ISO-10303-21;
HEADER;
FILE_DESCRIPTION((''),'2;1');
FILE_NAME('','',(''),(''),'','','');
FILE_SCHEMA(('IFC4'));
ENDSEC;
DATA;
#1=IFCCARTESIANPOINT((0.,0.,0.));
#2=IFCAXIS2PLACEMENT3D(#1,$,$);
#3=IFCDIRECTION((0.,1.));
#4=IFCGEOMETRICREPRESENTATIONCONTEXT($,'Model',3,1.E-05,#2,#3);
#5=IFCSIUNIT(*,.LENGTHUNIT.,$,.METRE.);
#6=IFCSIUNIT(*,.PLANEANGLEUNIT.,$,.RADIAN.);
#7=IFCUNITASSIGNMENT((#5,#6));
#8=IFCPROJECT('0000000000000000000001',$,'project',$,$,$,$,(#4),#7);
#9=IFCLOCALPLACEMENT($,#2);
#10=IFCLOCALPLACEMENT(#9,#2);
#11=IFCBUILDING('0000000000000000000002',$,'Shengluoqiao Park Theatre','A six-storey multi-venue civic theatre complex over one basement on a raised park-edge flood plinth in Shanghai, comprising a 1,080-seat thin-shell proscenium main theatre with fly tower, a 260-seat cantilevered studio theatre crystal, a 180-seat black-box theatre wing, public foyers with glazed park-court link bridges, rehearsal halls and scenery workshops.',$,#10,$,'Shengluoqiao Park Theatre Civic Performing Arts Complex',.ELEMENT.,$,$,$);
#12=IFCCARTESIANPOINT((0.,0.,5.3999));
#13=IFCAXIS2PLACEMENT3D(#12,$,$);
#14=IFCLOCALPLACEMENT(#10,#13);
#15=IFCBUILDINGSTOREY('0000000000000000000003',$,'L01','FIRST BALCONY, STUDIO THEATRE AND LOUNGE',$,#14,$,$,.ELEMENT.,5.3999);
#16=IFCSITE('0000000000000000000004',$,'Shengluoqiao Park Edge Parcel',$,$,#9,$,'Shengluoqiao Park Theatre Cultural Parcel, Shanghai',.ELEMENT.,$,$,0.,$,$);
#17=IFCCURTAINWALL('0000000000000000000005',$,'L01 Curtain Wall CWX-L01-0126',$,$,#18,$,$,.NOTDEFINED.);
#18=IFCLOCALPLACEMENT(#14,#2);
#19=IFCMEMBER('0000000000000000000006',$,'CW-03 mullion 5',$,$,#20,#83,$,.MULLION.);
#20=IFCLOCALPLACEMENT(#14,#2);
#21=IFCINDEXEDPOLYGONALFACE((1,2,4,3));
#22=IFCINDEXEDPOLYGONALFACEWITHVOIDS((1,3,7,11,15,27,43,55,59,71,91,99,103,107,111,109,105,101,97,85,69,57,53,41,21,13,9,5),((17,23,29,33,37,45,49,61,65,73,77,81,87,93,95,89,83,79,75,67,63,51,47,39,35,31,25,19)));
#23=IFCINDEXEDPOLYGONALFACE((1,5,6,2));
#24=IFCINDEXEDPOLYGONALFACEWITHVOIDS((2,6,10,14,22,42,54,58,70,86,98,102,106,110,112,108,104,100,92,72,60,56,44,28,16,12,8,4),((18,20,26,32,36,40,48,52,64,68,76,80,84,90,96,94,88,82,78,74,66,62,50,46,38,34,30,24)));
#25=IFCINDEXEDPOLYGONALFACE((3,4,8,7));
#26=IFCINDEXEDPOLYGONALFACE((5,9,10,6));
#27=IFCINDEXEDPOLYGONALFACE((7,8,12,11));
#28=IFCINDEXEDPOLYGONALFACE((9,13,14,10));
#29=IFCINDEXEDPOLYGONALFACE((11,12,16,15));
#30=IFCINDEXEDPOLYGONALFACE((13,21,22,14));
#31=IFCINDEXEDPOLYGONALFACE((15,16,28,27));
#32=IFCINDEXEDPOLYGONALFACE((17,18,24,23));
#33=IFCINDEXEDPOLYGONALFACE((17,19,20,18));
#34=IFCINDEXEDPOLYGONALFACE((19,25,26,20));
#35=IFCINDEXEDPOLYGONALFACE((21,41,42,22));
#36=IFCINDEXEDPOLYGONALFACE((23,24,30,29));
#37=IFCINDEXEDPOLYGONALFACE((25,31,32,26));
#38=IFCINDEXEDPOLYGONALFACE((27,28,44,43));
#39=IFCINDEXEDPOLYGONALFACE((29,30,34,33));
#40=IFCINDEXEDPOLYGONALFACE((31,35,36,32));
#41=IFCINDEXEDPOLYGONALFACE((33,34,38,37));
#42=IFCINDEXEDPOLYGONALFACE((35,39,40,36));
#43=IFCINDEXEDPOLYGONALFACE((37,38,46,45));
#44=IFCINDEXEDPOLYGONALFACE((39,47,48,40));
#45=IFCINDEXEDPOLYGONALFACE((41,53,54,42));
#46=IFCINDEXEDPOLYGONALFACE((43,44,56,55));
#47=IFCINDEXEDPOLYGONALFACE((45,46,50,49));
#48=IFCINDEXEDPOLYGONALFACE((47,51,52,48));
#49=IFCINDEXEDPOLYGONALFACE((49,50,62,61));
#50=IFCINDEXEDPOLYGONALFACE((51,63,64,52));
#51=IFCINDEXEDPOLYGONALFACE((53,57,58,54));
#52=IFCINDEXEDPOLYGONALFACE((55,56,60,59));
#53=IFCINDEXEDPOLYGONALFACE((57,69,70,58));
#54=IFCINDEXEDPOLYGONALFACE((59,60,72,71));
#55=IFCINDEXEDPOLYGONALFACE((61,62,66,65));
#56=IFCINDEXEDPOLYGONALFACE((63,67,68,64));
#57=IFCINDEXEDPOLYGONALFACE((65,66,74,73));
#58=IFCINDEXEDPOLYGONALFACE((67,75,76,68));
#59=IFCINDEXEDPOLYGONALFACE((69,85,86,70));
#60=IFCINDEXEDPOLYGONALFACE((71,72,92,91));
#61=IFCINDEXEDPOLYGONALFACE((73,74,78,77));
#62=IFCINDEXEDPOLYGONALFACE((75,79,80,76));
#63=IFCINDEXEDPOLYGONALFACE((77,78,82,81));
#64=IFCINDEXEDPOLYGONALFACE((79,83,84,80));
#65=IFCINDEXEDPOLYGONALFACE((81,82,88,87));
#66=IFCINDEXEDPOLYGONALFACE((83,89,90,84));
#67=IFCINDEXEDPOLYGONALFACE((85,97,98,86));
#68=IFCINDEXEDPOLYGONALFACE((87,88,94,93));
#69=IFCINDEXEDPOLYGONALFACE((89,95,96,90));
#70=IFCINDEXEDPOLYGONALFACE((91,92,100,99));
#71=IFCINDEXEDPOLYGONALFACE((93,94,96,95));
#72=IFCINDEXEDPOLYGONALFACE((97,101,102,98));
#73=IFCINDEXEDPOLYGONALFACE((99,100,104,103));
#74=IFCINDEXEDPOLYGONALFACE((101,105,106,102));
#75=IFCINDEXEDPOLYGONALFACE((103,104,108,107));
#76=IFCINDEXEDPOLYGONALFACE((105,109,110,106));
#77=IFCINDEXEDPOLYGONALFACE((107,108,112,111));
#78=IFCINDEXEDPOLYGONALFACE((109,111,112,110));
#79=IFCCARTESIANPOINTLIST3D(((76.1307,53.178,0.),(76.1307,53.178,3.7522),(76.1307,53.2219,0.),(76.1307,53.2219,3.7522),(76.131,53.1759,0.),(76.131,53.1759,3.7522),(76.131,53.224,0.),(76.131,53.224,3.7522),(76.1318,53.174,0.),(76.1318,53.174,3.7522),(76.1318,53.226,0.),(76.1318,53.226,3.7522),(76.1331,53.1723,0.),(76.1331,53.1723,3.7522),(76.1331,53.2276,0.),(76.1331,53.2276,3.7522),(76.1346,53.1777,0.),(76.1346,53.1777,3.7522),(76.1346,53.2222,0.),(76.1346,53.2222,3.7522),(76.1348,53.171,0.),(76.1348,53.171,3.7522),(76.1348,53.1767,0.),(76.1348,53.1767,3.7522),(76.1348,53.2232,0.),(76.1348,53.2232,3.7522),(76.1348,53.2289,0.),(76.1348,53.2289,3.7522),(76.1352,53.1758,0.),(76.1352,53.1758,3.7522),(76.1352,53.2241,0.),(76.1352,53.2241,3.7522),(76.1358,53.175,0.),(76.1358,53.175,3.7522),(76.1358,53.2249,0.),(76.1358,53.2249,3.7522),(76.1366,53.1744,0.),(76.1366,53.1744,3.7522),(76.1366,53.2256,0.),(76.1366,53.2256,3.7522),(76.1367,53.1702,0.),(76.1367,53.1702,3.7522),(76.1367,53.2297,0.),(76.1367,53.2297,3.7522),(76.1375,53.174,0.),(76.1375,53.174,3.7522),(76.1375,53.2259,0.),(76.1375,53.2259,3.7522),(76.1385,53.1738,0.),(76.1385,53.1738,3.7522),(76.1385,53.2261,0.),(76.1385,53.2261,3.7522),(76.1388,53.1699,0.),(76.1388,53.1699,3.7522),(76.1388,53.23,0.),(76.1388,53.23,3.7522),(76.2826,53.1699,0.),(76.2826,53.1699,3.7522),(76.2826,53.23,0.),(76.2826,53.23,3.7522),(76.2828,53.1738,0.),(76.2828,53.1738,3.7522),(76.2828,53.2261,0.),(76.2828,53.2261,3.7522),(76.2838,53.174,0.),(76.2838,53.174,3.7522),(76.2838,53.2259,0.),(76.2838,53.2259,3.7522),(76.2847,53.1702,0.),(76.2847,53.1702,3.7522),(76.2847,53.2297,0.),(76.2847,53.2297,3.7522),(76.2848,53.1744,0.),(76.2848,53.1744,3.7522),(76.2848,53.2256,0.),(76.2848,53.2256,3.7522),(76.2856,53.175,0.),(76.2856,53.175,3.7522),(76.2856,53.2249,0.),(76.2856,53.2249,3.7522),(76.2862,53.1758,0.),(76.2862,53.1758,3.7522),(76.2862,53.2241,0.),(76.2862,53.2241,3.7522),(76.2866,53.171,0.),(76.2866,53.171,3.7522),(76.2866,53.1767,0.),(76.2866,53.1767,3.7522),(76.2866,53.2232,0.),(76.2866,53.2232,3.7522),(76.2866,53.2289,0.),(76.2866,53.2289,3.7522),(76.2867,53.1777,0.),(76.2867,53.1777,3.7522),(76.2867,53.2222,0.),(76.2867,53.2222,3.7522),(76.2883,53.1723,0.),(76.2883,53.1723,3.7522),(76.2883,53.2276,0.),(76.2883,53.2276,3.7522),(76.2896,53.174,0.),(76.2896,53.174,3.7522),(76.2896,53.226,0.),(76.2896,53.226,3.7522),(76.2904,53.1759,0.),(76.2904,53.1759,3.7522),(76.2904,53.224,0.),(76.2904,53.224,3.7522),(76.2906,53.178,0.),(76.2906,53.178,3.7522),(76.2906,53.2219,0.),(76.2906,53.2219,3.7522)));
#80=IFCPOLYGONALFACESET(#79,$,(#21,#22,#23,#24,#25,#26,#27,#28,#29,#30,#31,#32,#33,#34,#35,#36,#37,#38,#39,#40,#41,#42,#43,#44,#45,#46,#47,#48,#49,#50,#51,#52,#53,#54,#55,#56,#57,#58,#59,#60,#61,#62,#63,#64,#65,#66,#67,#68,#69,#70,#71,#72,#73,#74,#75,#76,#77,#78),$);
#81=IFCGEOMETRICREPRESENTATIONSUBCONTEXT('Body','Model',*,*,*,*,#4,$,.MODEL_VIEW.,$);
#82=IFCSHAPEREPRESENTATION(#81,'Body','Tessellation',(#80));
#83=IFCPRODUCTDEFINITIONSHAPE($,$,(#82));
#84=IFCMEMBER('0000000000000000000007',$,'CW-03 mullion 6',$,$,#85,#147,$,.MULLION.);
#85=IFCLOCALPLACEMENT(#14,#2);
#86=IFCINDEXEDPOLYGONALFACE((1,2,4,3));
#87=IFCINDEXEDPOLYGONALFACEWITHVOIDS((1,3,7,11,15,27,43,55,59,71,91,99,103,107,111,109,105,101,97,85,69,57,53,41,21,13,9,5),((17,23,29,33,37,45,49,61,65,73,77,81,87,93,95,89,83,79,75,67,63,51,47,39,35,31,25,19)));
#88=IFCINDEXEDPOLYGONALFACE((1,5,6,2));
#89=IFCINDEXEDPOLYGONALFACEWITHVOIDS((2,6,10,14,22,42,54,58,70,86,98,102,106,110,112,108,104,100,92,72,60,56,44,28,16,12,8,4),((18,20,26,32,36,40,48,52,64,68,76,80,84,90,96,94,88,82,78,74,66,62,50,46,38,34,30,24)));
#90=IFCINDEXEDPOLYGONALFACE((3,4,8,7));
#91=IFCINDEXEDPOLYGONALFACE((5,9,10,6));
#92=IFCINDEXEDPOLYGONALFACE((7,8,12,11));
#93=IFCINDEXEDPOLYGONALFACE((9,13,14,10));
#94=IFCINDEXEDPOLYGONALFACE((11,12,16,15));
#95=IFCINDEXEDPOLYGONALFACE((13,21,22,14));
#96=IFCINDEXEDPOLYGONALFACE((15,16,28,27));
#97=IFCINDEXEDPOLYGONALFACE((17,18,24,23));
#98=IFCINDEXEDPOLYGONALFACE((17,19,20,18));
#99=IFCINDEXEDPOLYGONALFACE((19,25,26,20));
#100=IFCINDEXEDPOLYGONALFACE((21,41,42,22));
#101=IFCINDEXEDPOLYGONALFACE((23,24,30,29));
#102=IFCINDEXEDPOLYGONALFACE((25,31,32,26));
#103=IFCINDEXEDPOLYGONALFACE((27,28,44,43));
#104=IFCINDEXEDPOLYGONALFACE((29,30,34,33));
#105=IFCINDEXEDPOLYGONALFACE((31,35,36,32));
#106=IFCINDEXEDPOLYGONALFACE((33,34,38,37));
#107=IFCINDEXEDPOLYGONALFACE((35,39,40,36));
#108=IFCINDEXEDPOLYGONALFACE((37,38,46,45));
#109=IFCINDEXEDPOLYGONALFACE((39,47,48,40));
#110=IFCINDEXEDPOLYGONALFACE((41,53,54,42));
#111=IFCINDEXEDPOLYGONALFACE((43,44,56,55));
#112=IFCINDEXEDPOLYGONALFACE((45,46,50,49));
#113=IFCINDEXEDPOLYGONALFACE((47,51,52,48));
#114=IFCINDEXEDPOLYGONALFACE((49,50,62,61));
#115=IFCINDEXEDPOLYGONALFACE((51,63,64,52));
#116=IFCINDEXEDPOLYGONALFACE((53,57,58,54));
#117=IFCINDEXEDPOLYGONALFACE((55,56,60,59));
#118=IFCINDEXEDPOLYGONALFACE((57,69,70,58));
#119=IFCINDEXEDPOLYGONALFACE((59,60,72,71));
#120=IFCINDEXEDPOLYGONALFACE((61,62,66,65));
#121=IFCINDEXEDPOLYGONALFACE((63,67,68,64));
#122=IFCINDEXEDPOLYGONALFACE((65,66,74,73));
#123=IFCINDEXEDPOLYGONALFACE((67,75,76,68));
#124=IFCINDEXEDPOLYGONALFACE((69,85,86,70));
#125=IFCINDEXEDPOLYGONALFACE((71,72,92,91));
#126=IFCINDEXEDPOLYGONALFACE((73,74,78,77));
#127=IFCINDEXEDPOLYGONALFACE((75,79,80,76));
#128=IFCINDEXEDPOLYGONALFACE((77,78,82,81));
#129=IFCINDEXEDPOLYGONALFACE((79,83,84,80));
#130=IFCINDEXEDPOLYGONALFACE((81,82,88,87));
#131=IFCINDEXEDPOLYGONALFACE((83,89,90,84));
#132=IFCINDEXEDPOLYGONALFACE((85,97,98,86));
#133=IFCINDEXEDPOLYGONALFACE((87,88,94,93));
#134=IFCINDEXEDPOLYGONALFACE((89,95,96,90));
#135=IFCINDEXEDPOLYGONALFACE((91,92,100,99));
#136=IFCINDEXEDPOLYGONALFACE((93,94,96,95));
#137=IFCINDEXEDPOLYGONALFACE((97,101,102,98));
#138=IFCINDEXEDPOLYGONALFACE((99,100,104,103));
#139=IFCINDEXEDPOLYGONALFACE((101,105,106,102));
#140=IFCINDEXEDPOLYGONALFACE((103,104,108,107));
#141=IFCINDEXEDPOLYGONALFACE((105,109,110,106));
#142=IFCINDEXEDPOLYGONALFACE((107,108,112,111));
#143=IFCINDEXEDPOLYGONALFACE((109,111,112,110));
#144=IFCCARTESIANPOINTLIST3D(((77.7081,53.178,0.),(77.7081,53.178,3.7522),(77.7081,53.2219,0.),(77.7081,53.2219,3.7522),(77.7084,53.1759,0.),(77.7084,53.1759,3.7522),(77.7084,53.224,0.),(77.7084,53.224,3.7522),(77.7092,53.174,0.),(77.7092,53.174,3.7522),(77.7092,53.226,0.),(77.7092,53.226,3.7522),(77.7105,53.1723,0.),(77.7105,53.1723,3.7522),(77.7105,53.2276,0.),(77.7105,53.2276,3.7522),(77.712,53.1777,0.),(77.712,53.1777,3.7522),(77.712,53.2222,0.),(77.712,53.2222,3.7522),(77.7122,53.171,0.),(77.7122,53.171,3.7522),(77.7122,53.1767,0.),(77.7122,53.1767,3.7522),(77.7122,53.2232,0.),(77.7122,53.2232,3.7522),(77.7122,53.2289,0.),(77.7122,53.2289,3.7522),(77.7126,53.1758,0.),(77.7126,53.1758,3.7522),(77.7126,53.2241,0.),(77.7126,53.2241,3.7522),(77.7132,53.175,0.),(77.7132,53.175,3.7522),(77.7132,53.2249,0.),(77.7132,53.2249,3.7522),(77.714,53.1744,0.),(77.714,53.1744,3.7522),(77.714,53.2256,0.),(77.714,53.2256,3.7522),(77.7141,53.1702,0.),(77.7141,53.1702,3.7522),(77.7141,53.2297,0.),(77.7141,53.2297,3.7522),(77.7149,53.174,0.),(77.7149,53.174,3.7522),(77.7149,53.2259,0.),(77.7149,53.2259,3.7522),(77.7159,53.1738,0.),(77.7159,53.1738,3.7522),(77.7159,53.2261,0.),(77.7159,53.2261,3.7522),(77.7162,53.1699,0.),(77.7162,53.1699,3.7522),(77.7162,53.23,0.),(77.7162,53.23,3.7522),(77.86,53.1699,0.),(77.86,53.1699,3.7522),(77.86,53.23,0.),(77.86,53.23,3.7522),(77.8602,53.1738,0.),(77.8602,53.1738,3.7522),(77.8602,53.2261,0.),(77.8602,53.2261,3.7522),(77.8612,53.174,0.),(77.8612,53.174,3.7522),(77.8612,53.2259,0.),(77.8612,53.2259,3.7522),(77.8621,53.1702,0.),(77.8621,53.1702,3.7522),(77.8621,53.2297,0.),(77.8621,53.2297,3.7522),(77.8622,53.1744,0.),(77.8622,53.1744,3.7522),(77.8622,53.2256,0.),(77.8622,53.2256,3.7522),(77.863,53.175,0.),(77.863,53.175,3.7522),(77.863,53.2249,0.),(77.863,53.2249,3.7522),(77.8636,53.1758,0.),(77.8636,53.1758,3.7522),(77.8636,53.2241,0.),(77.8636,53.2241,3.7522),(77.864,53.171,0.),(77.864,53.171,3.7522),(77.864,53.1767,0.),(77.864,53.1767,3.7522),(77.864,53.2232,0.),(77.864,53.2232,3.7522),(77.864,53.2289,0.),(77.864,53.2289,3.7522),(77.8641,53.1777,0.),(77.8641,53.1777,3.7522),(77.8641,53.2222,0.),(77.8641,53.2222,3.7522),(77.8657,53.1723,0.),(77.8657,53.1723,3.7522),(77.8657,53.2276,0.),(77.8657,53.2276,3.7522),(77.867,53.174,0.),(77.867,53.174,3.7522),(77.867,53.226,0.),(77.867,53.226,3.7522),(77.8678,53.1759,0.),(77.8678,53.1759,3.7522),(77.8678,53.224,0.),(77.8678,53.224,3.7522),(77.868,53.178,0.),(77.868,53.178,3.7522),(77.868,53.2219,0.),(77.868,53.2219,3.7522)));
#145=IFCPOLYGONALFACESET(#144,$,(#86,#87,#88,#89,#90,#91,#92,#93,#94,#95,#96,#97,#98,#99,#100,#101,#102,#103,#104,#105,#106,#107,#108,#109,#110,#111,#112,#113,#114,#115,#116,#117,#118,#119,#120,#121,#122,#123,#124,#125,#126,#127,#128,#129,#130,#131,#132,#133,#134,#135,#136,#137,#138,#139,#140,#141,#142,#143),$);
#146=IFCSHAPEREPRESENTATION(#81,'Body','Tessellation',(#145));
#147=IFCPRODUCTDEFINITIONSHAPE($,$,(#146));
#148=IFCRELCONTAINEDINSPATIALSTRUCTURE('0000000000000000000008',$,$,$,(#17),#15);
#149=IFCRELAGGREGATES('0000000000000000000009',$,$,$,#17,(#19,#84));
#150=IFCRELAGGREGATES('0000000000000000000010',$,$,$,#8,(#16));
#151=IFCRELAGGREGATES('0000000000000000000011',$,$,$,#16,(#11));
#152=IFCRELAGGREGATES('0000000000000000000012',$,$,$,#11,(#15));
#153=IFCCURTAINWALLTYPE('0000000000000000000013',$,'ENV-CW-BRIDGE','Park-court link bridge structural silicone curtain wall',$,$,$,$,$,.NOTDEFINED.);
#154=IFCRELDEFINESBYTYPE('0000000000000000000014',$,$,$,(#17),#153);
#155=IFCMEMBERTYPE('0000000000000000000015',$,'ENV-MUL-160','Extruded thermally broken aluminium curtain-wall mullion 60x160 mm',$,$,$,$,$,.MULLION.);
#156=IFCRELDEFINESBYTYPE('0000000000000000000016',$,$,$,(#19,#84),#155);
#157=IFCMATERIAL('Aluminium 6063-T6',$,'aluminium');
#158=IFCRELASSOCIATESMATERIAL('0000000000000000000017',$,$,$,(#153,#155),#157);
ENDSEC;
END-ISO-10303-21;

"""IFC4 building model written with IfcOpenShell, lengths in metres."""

from ifc_helpers import new_model, si_unit, direction, frame, origin, origin_2d, place, context, subcontext, project, spatial, hollow_rectangle, extrude, material, material_profile, profile_set, type_object, element, aggregate, save


model = new_model("IFC4")

# Units and contexts
model_context = context("Model", 3, precision=1e-05, world=origin(), true_north=direction((0.0, 1.0)))
body_context = subcontext(model_context, "Body", "Model", "MODEL_VIEW")
ifc_project = project(units=[si_unit("LENGTHUNIT", "METRE"), si_unit("PLANEANGLEUNIT", "RADIAN")], contexts=[model_context])

# Site, building, storey
site_placement = place(None, origin())
site = spatial("IfcSite", under=ifc_project, at=site_placement, Name="Shengluoqiao Park Edge Parcel", LongName="Shengluoqiao Park Theatre Cultural Parcel, Shanghai", CompositionType="ELEMENT", RefElevation=0.0)
building_placement = place(site_placement, origin())
building = spatial("IfcBuilding", under=site, at=building_placement, Name="Shengluoqiao Park Theatre", Description="A six-storey multi-venue civic theatre complex over one basement on a raised park-edge flood plinth in Shanghai, comprising a 1,080-seat thin-shell proscenium main theatre with fly tower, a 260-seat cantilevered studio theatre crystal, a 180-seat black-box theatre wing, public foyers with glazed park-court link bridges, rehearsal halls and scenery workshops.", LongName="Shengluoqiao Park Theatre Civic Performing Arts Complex", CompositionType="ELEMENT")
storey_placement = place(building_placement, frame((0.0, 0.0, 5.3999)))
storey = spatial("IfcBuildingStorey", under=building, at=storey_placement, Name="L01", Description="FIRST BALCONY, STUDIO THEATRE AND LOUNGE", CompositionType="ELEMENT", Elevation=5.3999)

# Curtain wall, members
ifc_material_1 = material(Name="Aluminium 6063-T6", Category="aluminium")
curtain_wall_type = type_object("IfcCurtainWallType", Name="ENV-CW-BRIDGE", Description="Park-court link bridge structural silicone curtain wall", PredefinedType="NOTDEFINED", material=ifc_material_1)
curtain_wall_1_placement = place(storey_placement, origin())
curtain_wall_1 = element("IfcCurtainWall", 1, at=curtain_wall_1_placement, inside=storey, type_object=curtain_wall_type, Name="L01 Curtain Wall CWX-L01-0126", PredefinedType="NOTDEFINED")
ifc_material_profile_1 = material_profile(ifc_material_1, hollow_rectangle(XDim=0.0601, YDim=0.1599, WallThickness=0.0039, InnerFilletRadius=0.0039, OuterFilletRadius=0.0081, at=origin_2d()), Name="ALU MULLION 160x60x4")
ifc_profile_set_1 = profile_set([ifc_material_profile_1], Name="Aluminium 6063-T6")
member_type_1 = type_object("IfcMemberType", Name="ENV-MUL-160", Description="Extruded thermally broken aluminium curtain-wall mullion 60x160 mm", PredefinedType="MULLION", material=ifc_profile_set_1)
member_1_placement = place(storey_placement, frame((76.2107, 53.2, 0.0), z_axis=(0.0, 0.0, 1.0), x_axis=(0.0, 1.0, 0.0)))
member_1 = element("IfcMember", 2, at=member_1_placement, type_object=member_type_1, Name="CW-03 mullion 5", PredefinedType="MULLION", context=body_context, shape_type="SweptSolid", body=[
    extrude(hollow_rectangle(XDim=0.0601, YDim=0.1599, WallThickness=0.0039, InnerFilletRadius=0.0039, OuterFilletRadius=0.0081, at=origin_2d()), origin(), (0.0, 0.0, 1.0), 3.7522),
])
member_2_placement = place(storey_placement, frame((77.7881, 53.2, 0.0), z_axis=(0.0, 0.0, 1.0), x_axis=(0.0, 1.0, 0.0)))
member_2 = element("IfcMember", 3, at=member_2_placement, type_object=member_type_1, Name="CW-03 mullion 6", PredefinedType="MULLION", context=body_context, shape_type="SweptSolid", body=[
    extrude(hollow_rectangle(XDim=0.0601, YDim=0.1599, WallThickness=0.0039, InnerFilletRadius=0.0039, OuterFilletRadius=0.0081, at=origin_2d()), origin(), (0.0, 0.0, 1.0), 3.7522),
])

aggregate(curtain_wall_1, [member_1, member_2])

save(model, "model.ifc")
